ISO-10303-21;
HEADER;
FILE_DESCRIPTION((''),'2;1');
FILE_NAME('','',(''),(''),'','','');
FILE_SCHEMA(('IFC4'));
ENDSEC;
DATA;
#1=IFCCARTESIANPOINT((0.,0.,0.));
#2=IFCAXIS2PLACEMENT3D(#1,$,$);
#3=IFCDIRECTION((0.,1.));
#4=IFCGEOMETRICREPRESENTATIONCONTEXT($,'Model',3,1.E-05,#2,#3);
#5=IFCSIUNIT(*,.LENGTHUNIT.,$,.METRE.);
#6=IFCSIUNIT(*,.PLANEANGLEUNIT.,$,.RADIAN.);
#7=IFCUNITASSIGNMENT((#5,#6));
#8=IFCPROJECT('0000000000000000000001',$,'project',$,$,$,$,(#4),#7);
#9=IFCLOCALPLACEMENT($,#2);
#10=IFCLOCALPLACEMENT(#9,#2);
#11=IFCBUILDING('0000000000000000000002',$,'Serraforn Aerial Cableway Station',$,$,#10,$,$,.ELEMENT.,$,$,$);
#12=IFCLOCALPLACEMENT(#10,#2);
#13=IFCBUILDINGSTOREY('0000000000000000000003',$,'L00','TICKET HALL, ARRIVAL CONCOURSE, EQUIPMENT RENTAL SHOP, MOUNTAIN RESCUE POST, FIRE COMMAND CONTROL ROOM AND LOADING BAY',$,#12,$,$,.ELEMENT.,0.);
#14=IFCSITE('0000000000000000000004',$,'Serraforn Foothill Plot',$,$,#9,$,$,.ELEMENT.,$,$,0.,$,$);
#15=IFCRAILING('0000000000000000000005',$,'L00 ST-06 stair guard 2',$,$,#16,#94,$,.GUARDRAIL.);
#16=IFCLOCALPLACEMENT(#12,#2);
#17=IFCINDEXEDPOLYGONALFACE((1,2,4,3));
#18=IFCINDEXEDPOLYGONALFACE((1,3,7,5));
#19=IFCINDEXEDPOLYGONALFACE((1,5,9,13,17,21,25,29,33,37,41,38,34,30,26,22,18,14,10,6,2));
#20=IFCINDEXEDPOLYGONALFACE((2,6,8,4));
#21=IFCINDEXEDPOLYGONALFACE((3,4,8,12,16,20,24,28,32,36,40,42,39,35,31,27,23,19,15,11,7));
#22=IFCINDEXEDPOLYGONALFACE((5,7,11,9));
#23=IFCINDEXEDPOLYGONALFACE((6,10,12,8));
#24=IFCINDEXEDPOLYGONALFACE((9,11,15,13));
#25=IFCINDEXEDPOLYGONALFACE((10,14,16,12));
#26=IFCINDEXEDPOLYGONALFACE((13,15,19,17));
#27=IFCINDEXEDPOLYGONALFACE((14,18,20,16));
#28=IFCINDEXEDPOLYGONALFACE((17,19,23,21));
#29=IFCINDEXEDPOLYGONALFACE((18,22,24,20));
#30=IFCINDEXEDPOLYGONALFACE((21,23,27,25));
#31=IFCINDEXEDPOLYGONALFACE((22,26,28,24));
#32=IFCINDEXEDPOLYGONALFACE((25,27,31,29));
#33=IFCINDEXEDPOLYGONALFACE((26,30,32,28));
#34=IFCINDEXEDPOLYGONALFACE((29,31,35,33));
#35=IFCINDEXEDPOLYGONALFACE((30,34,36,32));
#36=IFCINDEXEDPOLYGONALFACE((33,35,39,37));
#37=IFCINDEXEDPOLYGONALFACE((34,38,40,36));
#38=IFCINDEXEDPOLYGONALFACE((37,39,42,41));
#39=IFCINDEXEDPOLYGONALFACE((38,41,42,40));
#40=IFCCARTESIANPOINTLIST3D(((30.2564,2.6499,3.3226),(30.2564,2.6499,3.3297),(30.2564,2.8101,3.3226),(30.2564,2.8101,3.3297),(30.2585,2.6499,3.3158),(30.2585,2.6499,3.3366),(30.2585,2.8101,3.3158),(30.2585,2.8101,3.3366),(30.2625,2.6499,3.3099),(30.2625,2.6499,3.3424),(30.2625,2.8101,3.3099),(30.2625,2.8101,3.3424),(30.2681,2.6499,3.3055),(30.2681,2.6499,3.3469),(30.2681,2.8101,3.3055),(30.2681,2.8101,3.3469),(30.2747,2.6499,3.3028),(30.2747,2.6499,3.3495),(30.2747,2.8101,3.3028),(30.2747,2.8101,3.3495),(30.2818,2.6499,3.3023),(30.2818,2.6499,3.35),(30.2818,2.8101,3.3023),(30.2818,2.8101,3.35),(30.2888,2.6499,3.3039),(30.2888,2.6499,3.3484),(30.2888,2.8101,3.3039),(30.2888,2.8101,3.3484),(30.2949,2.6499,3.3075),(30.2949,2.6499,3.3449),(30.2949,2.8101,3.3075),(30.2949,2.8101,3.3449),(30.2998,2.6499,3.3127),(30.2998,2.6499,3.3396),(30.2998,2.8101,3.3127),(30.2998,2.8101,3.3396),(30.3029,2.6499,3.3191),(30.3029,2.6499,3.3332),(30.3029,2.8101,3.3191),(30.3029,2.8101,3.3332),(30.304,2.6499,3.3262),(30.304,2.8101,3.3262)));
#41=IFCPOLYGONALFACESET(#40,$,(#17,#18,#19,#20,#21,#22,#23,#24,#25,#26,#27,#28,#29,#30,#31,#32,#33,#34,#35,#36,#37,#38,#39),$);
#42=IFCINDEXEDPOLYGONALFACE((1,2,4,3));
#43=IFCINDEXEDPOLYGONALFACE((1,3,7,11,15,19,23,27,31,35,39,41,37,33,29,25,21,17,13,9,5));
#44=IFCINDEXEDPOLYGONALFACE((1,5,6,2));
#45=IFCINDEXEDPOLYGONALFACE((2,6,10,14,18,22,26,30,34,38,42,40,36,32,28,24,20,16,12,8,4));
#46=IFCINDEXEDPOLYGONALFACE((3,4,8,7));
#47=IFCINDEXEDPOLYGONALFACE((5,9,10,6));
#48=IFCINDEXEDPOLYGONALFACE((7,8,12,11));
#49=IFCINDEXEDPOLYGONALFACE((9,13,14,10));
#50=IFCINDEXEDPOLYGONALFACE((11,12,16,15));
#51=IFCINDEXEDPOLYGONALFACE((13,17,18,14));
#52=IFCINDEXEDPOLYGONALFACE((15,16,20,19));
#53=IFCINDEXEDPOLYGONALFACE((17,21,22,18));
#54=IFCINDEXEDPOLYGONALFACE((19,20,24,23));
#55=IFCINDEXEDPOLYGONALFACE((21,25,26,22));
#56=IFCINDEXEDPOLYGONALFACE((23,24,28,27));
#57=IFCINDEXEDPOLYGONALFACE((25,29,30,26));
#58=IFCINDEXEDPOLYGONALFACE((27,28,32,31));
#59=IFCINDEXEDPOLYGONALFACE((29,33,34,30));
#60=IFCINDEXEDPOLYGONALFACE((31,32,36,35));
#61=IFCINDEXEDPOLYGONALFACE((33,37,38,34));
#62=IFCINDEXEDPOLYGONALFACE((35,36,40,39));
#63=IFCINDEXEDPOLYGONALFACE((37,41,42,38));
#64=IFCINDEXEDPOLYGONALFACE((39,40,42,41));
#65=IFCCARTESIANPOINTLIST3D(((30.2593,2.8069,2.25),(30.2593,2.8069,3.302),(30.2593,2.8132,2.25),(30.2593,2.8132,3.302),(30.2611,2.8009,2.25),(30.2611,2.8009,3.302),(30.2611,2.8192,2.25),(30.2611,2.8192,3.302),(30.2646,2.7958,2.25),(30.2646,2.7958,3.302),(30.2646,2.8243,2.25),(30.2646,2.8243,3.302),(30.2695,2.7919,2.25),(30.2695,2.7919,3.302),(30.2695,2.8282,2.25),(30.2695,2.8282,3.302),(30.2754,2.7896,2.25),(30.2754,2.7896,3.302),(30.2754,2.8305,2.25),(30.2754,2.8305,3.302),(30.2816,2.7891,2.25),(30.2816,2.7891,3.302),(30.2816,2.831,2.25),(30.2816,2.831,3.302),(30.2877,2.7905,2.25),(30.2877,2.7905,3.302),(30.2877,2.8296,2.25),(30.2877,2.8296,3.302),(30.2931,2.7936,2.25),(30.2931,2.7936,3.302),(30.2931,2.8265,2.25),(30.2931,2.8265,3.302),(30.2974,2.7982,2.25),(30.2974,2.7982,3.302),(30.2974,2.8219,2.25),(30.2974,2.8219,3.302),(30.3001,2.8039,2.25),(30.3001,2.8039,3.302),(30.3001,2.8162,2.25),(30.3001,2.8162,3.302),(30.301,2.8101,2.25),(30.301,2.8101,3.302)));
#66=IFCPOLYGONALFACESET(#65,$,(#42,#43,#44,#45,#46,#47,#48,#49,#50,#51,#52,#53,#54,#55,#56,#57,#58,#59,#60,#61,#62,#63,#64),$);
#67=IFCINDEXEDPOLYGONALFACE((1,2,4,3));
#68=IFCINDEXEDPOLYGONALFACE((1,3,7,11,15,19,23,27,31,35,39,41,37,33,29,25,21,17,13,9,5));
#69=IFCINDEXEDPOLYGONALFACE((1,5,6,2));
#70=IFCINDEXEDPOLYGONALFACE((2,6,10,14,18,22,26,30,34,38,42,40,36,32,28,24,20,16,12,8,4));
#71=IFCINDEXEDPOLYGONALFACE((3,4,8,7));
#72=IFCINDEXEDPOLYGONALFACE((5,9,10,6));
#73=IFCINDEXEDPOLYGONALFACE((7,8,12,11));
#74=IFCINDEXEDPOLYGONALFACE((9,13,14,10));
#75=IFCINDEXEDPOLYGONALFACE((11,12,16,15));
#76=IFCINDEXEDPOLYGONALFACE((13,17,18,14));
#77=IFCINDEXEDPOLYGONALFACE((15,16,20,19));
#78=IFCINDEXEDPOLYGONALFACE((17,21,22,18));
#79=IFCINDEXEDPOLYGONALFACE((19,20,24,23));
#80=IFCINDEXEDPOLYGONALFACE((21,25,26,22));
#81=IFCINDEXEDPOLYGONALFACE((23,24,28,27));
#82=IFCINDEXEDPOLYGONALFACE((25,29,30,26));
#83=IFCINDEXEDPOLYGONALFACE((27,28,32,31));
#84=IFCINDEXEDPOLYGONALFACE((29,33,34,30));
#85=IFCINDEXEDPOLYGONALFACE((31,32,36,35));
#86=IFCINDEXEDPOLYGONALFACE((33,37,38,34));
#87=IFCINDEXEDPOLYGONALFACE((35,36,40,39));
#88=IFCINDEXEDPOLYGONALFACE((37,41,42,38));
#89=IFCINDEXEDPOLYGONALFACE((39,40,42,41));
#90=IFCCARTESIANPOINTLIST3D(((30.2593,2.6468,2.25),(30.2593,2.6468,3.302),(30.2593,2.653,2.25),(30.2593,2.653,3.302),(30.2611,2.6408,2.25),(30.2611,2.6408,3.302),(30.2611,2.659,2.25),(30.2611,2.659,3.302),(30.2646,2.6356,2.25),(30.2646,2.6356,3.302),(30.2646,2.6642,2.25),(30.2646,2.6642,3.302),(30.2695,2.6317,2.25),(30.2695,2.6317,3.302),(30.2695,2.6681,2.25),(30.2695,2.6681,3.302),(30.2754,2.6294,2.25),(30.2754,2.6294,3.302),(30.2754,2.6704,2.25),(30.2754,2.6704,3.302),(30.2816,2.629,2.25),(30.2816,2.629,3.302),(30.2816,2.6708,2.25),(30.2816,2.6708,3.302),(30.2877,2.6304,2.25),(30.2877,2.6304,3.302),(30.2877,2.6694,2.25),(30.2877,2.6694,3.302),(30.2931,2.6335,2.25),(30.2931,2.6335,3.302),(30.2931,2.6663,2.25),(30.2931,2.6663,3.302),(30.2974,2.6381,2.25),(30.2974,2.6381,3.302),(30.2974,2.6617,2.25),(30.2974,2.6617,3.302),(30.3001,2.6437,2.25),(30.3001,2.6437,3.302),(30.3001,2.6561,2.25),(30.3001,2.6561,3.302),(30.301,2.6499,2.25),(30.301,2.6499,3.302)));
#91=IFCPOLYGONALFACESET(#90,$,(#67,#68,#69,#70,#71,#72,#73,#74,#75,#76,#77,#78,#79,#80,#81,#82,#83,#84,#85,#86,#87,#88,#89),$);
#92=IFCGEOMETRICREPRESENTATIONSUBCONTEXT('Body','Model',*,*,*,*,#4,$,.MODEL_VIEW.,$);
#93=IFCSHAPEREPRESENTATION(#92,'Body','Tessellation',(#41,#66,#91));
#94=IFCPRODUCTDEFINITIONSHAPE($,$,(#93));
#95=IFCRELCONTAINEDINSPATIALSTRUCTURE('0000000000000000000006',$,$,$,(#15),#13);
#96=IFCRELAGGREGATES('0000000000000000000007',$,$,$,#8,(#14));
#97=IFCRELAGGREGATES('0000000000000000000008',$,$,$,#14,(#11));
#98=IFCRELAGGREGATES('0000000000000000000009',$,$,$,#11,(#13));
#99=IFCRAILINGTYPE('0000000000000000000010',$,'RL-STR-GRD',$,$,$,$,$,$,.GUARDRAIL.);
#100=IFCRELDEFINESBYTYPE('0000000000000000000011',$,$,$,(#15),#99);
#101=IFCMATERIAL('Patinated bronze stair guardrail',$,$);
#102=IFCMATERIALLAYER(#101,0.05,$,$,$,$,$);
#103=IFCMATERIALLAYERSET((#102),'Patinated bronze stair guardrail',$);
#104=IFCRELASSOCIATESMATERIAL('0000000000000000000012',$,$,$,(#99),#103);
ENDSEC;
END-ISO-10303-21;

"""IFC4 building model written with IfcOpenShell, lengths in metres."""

from ifc_helpers import new_model, si_unit, direction, frame, origin, origin_2d, place, context, subcontext, project, spatial, circle, extrude, material, layer, layer_set, type_object, element, save


model = new_model("IFC4")

# Units and contexts
model_context = context("Model", 3, precision=1e-05, world=origin(), true_north=direction((0.0, 1.0)))
body_context = subcontext(model_context, "Body", "Model", "MODEL_VIEW")
ifc_project = project(units=[si_unit("LENGTHUNIT", "METRE"), si_unit("PLANEANGLEUNIT", "RADIAN")], contexts=[model_context])

# Site, building, storey
site_placement = place(None, origin())
site = spatial("IfcSite", under=ifc_project, at=site_placement, Name="Serraforn Foothill Plot", CompositionType="ELEMENT", RefElevation=0.0)
building_placement = place(site_placement, origin())
building = spatial("IfcBuilding", under=site, at=building_placement, Name="Serraforn Aerial Cableway Station", CompositionType="ELEMENT")
storey_placement = place(building_placement, origin())
storey = spatial("IfcBuildingStorey", under=building, at=storey_placement, Name="L00", Description="TICKET HALL, ARRIVAL CONCOURSE, EQUIPMENT RENTAL SHOP, MOUNTAIN RESCUE POST, FIRE COMMAND CONTROL ROOM AND LOADING BAY", CompositionType="ELEMENT", Elevation=0.0)

# Railing
ifc_material_1 = material(Name="Patinated bronze stair guardrail")
ifc_layer_1 = layer(ifc_material_1, 0.05)
ifc_layer_set_1 = layer_set([ifc_layer_1], Name="Patinated bronze stair guardrail")
railing_type_1 = type_object("IfcRailingType", Name="RL-STR-GRD", PredefinedType="GUARDRAIL", material=ifc_layer_set_1)
railing_1_placement = place(storey_placement, frame((30.28, 2.8101, 2.25)))
element("IfcRailing", 1, at=railing_1_placement, inside=storey, type_object=railing_type_1, Name="L00 ST-06 stair guard 2", PredefinedType="GUARDRAIL", context=body_context, shape_type="SweptSolid", body=[
    extrude(circle(Radius=0.0239, at=origin_2d()), frame((0.0, 0.0, 1.0762), z_axis=(0.0, -1.0, 0.0), x_axis=(1.0, 0.0, 0.0)), (0.0, 0.0, 1.0), 0.1602),
    extrude(circle(Radius=0.021, at=origin_2d()), origin(), (0.0, 0.0, 1.0), 1.052),
    extrude(circle(Radius=0.021, at=origin_2d()), frame((0.0, -0.1602, 0.0)), (0.0, 0.0, 1.0), 1.052),
])

save(model, "model.ifc")
